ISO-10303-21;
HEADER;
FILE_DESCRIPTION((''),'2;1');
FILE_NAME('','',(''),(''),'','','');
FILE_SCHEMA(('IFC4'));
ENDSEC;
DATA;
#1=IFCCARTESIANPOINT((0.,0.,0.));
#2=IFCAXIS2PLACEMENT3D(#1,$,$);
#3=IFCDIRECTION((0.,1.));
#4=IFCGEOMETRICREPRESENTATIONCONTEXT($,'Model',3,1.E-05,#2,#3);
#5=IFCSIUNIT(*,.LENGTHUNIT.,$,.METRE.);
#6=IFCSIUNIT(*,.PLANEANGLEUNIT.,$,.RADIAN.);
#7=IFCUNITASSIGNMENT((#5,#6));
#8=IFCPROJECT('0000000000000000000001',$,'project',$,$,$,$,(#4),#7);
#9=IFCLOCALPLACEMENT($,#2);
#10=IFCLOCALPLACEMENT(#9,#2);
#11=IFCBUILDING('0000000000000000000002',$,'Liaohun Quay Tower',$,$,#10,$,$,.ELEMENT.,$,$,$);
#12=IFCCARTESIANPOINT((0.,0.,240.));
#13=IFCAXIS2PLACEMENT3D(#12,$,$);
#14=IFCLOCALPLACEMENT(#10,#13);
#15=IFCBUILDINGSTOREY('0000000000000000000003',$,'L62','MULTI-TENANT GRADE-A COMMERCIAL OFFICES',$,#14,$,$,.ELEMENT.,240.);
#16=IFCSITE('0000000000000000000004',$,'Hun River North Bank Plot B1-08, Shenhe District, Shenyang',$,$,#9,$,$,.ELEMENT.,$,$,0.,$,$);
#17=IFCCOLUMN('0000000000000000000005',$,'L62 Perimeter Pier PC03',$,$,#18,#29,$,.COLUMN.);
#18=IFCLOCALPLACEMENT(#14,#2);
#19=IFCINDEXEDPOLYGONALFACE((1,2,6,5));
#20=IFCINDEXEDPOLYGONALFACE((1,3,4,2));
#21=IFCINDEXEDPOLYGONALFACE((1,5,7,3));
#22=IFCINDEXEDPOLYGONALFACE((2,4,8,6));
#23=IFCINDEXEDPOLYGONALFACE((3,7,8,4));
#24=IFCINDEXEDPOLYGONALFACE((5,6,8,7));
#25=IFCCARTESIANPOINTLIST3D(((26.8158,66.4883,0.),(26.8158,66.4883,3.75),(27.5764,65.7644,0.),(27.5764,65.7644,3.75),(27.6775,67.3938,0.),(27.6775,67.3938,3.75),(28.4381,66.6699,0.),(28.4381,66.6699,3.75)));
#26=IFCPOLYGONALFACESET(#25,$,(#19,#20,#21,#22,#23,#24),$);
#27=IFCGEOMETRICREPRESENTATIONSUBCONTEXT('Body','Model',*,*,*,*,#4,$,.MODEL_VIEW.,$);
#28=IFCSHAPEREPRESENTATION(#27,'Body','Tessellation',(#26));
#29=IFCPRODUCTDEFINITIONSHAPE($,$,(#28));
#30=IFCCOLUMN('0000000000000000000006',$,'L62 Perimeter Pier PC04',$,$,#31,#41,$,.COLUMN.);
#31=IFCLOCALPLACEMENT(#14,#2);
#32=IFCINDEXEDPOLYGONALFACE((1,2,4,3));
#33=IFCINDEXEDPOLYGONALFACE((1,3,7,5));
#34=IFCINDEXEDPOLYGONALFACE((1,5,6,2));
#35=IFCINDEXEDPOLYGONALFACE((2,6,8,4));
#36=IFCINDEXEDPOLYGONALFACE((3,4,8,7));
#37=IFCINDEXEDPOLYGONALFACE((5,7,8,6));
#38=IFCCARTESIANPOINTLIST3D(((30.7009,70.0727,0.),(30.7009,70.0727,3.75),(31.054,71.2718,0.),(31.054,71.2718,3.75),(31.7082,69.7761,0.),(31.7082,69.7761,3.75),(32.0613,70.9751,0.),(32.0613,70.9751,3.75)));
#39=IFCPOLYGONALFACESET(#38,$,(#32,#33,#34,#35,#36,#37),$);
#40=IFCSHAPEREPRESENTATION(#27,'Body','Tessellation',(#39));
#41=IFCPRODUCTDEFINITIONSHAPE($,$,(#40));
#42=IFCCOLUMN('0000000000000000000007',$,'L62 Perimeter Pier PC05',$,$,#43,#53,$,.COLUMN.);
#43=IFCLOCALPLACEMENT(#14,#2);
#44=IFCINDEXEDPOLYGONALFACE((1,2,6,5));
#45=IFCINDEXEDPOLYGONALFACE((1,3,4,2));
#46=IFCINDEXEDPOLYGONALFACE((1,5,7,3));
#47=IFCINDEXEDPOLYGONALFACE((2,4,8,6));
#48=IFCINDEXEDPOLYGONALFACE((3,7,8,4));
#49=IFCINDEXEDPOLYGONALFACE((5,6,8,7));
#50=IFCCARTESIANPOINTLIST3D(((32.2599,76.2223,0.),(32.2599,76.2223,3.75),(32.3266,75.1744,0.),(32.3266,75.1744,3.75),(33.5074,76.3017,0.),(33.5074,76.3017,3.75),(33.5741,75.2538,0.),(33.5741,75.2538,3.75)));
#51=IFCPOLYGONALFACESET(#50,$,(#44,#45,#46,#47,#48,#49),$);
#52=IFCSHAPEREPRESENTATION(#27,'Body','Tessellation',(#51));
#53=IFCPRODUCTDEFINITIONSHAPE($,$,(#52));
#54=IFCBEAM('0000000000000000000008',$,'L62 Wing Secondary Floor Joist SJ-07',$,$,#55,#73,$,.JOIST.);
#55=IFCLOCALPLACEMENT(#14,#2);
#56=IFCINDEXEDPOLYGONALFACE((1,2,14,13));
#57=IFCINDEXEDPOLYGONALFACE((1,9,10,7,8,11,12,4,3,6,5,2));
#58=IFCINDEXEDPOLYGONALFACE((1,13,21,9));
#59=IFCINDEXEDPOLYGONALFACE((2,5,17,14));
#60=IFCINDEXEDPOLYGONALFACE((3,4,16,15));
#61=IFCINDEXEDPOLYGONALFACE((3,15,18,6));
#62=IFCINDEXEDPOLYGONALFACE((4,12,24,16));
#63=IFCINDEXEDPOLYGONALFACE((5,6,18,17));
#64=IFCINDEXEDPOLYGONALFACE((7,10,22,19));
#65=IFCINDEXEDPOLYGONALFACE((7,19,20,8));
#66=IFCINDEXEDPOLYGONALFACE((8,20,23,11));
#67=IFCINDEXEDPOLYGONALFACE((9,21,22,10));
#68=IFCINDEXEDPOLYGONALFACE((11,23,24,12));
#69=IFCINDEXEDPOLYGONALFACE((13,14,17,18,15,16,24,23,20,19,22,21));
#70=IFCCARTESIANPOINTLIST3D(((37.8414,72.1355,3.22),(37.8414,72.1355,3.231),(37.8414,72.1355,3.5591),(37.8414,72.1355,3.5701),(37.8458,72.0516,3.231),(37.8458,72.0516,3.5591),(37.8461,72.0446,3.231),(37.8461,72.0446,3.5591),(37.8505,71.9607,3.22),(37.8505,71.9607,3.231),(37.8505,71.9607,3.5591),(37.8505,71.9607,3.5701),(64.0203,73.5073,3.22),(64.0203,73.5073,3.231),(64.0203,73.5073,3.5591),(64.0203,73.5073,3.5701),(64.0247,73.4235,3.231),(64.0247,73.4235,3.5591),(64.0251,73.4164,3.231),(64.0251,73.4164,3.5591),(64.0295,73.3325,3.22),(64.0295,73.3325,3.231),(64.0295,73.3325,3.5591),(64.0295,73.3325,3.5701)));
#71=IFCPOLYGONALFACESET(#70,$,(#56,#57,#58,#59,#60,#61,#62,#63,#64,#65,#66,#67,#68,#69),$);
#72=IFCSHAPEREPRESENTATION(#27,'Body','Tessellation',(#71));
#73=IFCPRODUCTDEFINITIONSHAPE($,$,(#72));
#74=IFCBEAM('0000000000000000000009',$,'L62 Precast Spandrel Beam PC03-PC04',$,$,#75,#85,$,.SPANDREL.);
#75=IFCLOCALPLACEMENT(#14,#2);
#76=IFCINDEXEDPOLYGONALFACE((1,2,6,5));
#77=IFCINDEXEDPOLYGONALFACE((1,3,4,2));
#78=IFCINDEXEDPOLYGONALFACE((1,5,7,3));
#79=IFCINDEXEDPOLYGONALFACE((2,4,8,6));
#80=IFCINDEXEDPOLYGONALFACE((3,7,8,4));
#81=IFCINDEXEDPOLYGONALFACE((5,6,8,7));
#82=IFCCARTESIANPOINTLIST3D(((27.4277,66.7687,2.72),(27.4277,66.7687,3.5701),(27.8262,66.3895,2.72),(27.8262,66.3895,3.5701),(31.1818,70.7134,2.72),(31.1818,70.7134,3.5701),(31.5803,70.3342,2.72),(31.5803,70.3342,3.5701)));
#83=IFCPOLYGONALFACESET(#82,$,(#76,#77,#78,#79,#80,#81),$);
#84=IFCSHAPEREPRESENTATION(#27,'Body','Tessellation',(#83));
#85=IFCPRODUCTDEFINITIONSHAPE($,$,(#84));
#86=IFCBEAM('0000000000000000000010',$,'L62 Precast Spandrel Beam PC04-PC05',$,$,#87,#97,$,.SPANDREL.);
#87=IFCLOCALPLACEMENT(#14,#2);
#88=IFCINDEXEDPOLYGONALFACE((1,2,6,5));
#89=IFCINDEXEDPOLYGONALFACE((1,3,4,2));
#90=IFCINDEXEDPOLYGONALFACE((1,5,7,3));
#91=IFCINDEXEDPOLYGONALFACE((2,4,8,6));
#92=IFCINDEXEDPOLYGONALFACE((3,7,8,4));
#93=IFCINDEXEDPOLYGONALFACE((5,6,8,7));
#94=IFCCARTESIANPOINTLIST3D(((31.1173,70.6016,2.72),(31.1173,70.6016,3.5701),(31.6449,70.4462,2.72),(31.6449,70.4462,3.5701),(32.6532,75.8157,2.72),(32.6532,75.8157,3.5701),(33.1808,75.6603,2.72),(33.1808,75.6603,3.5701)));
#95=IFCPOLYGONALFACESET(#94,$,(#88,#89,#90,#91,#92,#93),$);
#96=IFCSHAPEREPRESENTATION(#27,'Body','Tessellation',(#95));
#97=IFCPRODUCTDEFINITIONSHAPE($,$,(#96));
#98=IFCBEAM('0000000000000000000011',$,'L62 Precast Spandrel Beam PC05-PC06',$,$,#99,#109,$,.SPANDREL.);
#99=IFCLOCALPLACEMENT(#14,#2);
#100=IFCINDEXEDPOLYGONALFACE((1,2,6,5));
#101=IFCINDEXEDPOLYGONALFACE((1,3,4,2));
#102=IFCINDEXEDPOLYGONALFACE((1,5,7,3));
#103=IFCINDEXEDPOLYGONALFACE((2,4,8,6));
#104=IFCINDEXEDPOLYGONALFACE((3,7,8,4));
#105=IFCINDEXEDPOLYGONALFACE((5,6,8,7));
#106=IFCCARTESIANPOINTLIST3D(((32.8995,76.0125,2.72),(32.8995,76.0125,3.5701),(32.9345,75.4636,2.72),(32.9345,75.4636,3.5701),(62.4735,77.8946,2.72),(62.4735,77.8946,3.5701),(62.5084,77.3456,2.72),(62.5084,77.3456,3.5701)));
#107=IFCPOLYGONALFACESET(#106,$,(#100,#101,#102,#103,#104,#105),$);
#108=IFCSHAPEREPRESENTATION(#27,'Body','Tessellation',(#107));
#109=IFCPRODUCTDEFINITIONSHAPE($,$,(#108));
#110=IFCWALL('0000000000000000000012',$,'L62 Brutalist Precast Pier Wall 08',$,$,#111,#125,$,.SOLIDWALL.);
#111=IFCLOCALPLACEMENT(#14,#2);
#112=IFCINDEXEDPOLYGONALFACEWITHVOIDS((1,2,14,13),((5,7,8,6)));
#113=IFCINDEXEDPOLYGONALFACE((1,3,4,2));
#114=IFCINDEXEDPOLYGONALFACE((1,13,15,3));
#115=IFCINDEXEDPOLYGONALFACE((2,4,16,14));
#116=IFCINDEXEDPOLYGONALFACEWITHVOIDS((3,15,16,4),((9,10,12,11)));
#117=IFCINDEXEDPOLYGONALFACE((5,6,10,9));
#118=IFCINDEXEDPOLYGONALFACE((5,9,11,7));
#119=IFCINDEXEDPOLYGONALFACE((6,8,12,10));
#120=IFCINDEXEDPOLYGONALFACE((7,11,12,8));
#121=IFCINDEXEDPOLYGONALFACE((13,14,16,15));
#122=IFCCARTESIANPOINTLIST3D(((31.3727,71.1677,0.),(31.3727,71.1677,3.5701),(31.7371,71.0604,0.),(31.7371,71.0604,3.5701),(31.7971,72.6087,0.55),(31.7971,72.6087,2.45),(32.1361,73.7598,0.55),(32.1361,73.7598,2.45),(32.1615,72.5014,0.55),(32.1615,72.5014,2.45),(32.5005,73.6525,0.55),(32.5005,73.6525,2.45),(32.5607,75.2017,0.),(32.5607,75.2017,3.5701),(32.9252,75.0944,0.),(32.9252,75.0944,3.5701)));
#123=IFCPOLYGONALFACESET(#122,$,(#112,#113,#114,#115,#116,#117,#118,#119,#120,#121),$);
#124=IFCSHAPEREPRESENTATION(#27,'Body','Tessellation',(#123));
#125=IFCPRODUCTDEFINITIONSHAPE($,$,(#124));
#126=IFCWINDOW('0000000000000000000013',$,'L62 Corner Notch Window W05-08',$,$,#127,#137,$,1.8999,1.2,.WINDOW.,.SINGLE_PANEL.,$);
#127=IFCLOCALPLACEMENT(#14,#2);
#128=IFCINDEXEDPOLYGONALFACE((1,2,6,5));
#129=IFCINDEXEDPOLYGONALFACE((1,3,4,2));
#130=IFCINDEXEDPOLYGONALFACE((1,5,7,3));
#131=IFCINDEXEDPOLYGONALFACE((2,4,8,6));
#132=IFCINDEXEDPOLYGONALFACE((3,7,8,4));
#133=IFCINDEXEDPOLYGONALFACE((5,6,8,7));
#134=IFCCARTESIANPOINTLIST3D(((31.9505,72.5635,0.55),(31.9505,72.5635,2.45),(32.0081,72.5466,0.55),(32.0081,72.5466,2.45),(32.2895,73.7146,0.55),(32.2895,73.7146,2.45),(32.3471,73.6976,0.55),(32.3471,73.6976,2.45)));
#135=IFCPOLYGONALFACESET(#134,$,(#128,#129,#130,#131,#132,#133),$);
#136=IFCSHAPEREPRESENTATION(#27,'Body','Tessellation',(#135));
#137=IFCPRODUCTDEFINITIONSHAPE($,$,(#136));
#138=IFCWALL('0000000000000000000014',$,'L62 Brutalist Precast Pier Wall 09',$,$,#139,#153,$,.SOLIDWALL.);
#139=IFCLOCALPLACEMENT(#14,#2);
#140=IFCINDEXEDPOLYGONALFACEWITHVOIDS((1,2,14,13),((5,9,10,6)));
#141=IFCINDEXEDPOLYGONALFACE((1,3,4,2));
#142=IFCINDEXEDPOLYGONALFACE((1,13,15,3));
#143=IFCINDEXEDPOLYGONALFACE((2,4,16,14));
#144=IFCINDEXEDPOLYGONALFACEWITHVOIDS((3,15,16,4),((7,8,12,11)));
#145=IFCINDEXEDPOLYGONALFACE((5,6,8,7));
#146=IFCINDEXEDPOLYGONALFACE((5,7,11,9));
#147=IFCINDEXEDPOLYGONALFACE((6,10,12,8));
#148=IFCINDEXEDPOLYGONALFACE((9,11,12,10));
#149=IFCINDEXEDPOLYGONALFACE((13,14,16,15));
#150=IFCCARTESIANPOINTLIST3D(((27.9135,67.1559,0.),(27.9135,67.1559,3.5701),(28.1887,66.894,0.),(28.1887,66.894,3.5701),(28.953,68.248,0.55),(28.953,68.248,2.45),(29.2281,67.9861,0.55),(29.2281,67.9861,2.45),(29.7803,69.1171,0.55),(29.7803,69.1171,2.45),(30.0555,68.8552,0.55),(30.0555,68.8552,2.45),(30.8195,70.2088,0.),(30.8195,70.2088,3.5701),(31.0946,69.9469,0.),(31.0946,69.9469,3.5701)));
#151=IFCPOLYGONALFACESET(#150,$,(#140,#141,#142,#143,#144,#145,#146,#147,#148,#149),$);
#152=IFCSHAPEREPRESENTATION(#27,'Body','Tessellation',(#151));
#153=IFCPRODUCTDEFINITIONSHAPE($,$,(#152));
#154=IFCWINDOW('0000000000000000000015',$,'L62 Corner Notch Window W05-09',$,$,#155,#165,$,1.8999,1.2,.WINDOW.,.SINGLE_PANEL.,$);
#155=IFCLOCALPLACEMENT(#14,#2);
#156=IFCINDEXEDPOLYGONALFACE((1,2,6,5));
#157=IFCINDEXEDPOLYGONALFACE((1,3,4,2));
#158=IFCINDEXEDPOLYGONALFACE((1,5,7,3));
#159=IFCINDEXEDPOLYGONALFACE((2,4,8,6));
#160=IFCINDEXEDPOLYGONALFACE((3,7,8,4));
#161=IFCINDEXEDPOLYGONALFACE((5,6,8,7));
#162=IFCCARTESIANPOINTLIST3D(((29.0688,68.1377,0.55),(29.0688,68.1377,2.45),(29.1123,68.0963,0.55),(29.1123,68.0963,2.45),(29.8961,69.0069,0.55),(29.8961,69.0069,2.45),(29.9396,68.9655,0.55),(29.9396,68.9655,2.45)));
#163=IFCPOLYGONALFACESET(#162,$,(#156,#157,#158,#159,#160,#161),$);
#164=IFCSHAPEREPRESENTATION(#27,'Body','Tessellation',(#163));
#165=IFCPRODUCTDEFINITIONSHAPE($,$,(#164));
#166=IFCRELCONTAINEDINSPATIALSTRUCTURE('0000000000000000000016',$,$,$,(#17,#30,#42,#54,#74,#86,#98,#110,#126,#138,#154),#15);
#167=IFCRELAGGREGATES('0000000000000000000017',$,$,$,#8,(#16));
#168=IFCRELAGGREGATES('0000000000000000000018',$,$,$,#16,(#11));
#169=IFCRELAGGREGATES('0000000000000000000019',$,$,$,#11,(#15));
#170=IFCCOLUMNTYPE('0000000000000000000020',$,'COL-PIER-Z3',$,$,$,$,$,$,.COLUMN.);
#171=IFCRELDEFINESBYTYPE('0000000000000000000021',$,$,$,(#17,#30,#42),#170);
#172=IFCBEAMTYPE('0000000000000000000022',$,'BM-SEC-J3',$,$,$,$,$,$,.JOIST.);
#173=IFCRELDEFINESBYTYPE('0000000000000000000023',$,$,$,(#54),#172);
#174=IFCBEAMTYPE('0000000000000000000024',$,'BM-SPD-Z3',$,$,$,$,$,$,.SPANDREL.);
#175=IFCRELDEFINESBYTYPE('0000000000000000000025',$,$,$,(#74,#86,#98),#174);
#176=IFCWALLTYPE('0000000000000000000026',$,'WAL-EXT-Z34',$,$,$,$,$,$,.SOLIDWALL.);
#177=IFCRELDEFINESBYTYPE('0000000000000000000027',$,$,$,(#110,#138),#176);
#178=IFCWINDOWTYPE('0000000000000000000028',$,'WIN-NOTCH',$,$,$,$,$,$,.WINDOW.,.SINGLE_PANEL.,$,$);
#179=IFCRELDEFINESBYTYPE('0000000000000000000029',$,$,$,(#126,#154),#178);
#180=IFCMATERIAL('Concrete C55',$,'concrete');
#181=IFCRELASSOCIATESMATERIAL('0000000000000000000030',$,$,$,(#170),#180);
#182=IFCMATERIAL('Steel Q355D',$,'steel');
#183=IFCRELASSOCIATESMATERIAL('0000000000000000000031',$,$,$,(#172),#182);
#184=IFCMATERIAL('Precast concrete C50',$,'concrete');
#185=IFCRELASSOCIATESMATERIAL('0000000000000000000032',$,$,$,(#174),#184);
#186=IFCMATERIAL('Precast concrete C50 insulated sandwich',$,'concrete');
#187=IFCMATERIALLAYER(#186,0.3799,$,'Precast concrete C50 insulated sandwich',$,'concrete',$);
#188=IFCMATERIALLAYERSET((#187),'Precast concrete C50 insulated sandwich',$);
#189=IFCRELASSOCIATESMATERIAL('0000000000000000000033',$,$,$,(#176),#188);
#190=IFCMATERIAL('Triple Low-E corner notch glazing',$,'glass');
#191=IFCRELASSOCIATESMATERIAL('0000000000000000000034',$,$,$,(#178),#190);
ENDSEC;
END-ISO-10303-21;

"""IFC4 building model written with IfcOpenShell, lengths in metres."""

from ifc_helpers import new_model, si_unit, direction, frame, frame_2d, origin, origin_2d, place, context, subcontext, project, spatial, rectangle, i_section, extrude, source, transform, mapped, material, layer, layer_set, material_profile, profile_set, type_object, element, fill, save


model = new_model("IFC4")

# Units and contexts
model_context = context("Model", 3, precision=1e-05, world=origin(), true_north=direction((0.0, 1.0)))
body_context = subcontext(model_context, "Body", "Model", "MODEL_VIEW")
ifc_project = project(units=[si_unit("LENGTHUNIT", "METRE"), si_unit("PLANEANGLEUNIT", "RADIAN")], contexts=[model_context])

# Site, building, storey
site_placement = place(None, origin())
site = spatial("IfcSite", under=ifc_project, at=site_placement, Name="Hun River North Bank Plot B1-08, Shenhe District, Shenyang", CompositionType="ELEMENT", RefElevation=0.0)
building_placement = place(site_placement, origin())
building = spatial("IfcBuilding", under=site, at=building_placement, Name="Liaohun Quay Tower", CompositionType="ELEMENT")
storey_placement = place(building_placement, frame((0.0, 0.0, 240.0)))
storey = spatial("IfcBuildingStorey", under=building, at=storey_placement, Name="L62", Description="MULTI-TENANT GRADE-A COMMERCIAL OFFICES", CompositionType="ELEMENT", Elevation=240.0)

# Columns
ifc_material_1 = material(Name="Concrete C55", Category="concrete")
ifc_material_profile_1 = material_profile(ifc_material_1, rectangle(XDim=1.25, YDim=1.05, at=origin_2d()), Name="RC1250x1050")
ifc_profile_set_1 = profile_set([ifc_material_profile_1], Name="Concrete C55")
column_type = type_object("IfcColumnType", Name="COL-PIER-Z3", PredefinedType="COLUMN", material=ifc_profile_set_1)
shared_shape_1 = source(origin(), body_context, "Body", "SweptSolid", [
    extrude(rectangle(XDim=1.25, YDim=1.05, at=origin_2d()), origin(), (0.0, 0.0, 1.0), 3.75),
])
for number, where, z_axis, x_axis, name in (
    (1, (27.627, 66.5791, 0.0), (0.0, 0.0, 1.0), (0.689367, 0.724413, 0.0), "L62 Perimeter Pier PC03"),
    (2, (31.3811, 70.5239, 0.0), (0.0, 0.0, 1.0), (0.282509, 0.959265, 0.0), "L62 Perimeter Pier PC04"),
    (3, (32.917, 75.738, 0.0), (0.0, 0.0, 1.0), (0.997983, 0.063487, 0.0), "L62 Perimeter Pier PC05"),
):
    element("IfcColumn", number, at=place(storey_placement, frame(where, z_axis=z_axis, x_axis=x_axis)), inside=storey, type_object=column_type, Name=name, PredefinedType="COLUMN", context=body_context, shape_type="MappedRepresentation", body=[
        mapped(shared_shape_1, transform((0.0, 0.0, 0.0), x_axis=(1.0, 0.0, 0.0), y_axis=(0.0, 1.0, 0.0), z_axis=(0.0, 0.0, 1.0), scale=1.0)),
    ])

# Beams
ifc_material_2 = material(Name="Steel Q355D", Category="steel")
ifc_material_profile_2 = material_profile(ifc_material_2, i_section(OverallWidth=0.175, OverallDepth=0.3501, WebThickness=0.0071, FlangeThickness=0.011, at=origin_2d()), Name="HN350x175x7x11")
ifc_profile_set_2 = profile_set([ifc_material_profile_2], Name="Steel Q355D")
beam_type_1 = type_object("IfcBeamType", Name="BM-SEC-J3", PredefinedType="JOIST", material=ifc_profile_set_2)
shared_shape_2 = source(origin(), body_context, "Body", "SweptSolid", [
    extrude(i_section(OverallWidth=0.175, OverallDepth=0.3501, WebThickness=0.0071, FlangeThickness=0.011, at=origin_2d()), origin(), (0.0, 0.0, 1.0), 26.2148),
])
beam_1_placement = place(storey_placement, frame((37.8459, 72.0481, 3.395), z_axis=(0.99863, 0.05233, 0.0), x_axis=(-0.05233, 0.99863, 0.0)))
element("IfcBeam", 4, at=beam_1_placement, inside=storey, type_object=beam_type_1, Name="L62 Wing Secondary Floor Joist SJ-07", PredefinedType="JOIST", context=body_context, shape_type="MappedRepresentation", body=[
    mapped(shared_shape_2, transform((0.0, 0.0, 0.0), x_axis=(1.0, 0.0, 0.0), y_axis=(0.0, 1.0, 0.0), z_axis=(0.0, 0.0, 1.0), scale=1.0)),
])
ifc_material_3 = material(Name="Precast concrete C50", Category="concrete")
ifc_material_profile_3 = material_profile(ifc_material_3, rectangle(XDim=0.55, YDim=0.8501, at=origin_2d()), Name="RC550x850")
ifc_profile_set_3 = profile_set([ifc_material_profile_3], Name="Precast concrete C50")
beam_type_2 = type_object("IfcBeamType", Name="BM-SPD-Z3", PredefinedType="SPANDREL", material=ifc_profile_set_3)
shared_shape_3 = source(origin(), body_context, "Body", "SweptSolid", [
    extrude(rectangle(XDim=0.55, YDim=0.8501, at=origin_2d()), origin(), (0.0, 0.0, 1.0), 5.4456),
])
beam_2_placement = place(storey_placement, frame((27.627, 66.5791, 3.145), z_axis=(0.689383, 0.724397, 0.0), x_axis=(-0.724397, 0.689383, 0.0)))
element("IfcBeam", 5, at=beam_2_placement, inside=storey, type_object=beam_type_2, Name="L62 Precast Spandrel Beam PC03-PC04", PredefinedType="SPANDREL", context=body_context, shape_type="MappedRepresentation", body=[
    mapped(shared_shape_3, transform((0.0, 0.0, 0.0), x_axis=(1.0, 0.0, 0.0), y_axis=(0.0, 1.0, 0.0), z_axis=(0.0, 0.0, 1.0), scale=1.0)),
])
shared_shape_4 = source(origin(), body_context, "Body", "SweptSolid", [
    extrude(rectangle(XDim=0.55, YDim=0.8501, at=origin_2d()), origin(), (0.0, 0.0, 1.0), 5.4355),
])
beam_3_placement = place(storey_placement, frame((31.3811, 70.5239, 3.145), z_axis=(0.28256, 0.95925, 0.0), x_axis=(-0.95925, 0.28256, 0.0)))
element("IfcBeam", 6, at=beam_3_placement, inside=storey, type_object=beam_type_2, Name="L62 Precast Spandrel Beam PC04-PC05", PredefinedType="SPANDREL", context=body_context, shape_type="MappedRepresentation", body=[
    mapped(shared_shape_4, transform((0.0, 0.0, 0.0), x_axis=(1.0, 0.0, 0.0), y_axis=(0.0, 1.0, 0.0), z_axis=(0.0, 0.0, 1.0), scale=1.0)),
])
shared_shape_5 = source(origin(), body_context, "Body", "SweptSolid", [
    extrude(rectangle(XDim=0.55, YDim=0.8501, at=origin_2d()), origin(), (0.0, 0.0, 1.0), 29.6338),
])
beam_4_placement = place(storey_placement, frame((32.917, 75.738, 3.145), z_axis=(0.997981, 0.063511, 0.0), x_axis=(-0.063511, 0.997981, 0.0)))
element("IfcBeam", 7, at=beam_4_placement, inside=storey, type_object=beam_type_2, Name="L62 Precast Spandrel Beam PC05-PC06", PredefinedType="SPANDREL", context=body_context, shape_type="MappedRepresentation", body=[
    mapped(shared_shape_5, transform((0.0, 0.0, 0.0), x_axis=(1.0, 0.0, 0.0), y_axis=(0.0, 1.0, 0.0), z_axis=(0.0, 0.0, 1.0), scale=1.0)),
])

# Walls, openings, windows
ifc_material_4 = material(Name="Precast concrete C50 insulated sandwich", Category="concrete")
ifc_layer_1 = layer(ifc_material_4, 0.3799, Name="Precast concrete C50 insulated sandwich", Category="concrete")
ifc_layer_set_1 = layer_set([ifc_layer_1], Name="Precast concrete C50 insulated sandwich")
wall_type_1 = type_object("IfcWallType", Name="WAL-EXT-Z34", PredefinedType="SOLIDWALL", material=ifc_layer_set_1)
wall_1_placement = place(storey_placement, frame((32.7429, 75.1479, 0.0), z_axis=(0.0, 0.0, 1.0), x_axis=(-0.282503, -0.959267, 0.0)))
wall_1 = element("IfcWall", 8, at=wall_1_placement, inside=storey, type_object=wall_type_1, Name="L62 Brutalist Precast Pier Wall 08", PredefinedType="SOLIDWALL", context=body_context, shape_type="SweptSolid", body=[
    extrude(rectangle(XDim=4.2053, YDim=0.3799, at=frame_2d((2.1025, 0.0))), origin(), (0.0, 0.0, 1.0), 3.5701),
])
shared_shape_6 = source(origin(), body_context, "Body", "SweptSolid", [
    extrude(rectangle(XDim=1.2, YDim=1.8999, at=frame_2d((0.6001, 0.95))), frame((0.0, 0.2, 0.0), z_axis=(0.0, -1.0, 0.0), x_axis=(1.0, 0.0, 0.0)), (0.0, 0.0, 1.0), 0.3999),
])
opening_1_placement = place(wall_1_placement, frame((1.5029, 0.0, 0.55)))
opening_1 = element("IfcOpeningElement", 9, at=opening_1_placement, cuts=wall_1, PredefinedType="OPENING", context=body_context, shape_type="MappedRepresentation", body=[
    mapped(shared_shape_6, transform((0.0, 0.0, 0.0), x_axis=(1.0, 0.0, 0.0), y_axis=(0.0, 1.0, 0.0), z_axis=(0.0, 0.0, 1.0), scale=1.0)),
])
ifc_material_5 = material(Name="Triple Low-E corner notch glazing", Category="glass")
window_type_1 = type_object("IfcWindowType", Name="WIN-NOTCH", PartitioningType="SINGLE_PANEL", PredefinedType="WINDOW", material=ifc_material_5)
shared_shape_7 = source(origin(), body_context, "Body", "SweptSolid", [
    extrude(rectangle(XDim=1.2, YDim=1.8999, at=frame_2d((0.6001, 0.95))), frame((0.0, 0.03, 0.0), z_axis=(0.0, -1.0, 0.0), x_axis=(1.0, 0.0, 0.0)), (0.0, 0.0, 1.0), 0.0601),
])
window_1_placement = place(opening_1_placement, origin())
window_1 = element("IfcWindow", 10, at=window_1_placement, inside=storey, type_object=window_type_1, Name="L62 Corner Notch Window W05-08", OverallHeight=1.8999, OverallWidth=1.2, PartitioningType="SINGLE_PANEL", PredefinedType="WINDOW", context=body_context, shape_type="MappedRepresentation", body=[
    mapped(shared_shape_7, transform((0.0, 0.0, 0.0), x_axis=(1.0, 0.0, 0.0), y_axis=(0.0, 1.0, 0.0), z_axis=(0.0, 0.0, 1.0), scale=1.0)),
])
fill(opening_1, window_1)
wall_2_placement = place(storey_placement, frame((30.957, 70.0779, 0.0), z_axis=(0.0, 0.0, 1.0), x_axis=(-0.689457, -0.724327, 0.0)))
wall_2 = element("IfcWall", 11, at=wall_2_placement, inside=storey, type_object=wall_type_1, Name="L62 Brutalist Precast Pier Wall 09", PredefinedType="SOLIDWALL", context=body_context, shape_type="SweptSolid", body=[
    extrude(rectangle(XDim=4.2148, YDim=0.3799, at=frame_2d((2.1074, 0.0))), origin(), (0.0, 0.0, 1.0), 3.5701),
])
opening_2_placement = place(wall_2_placement, frame((1.5071, 0.0, 0.55)))
opening_2 = element("IfcOpeningElement", 12, at=opening_2_placement, cuts=wall_2, PredefinedType="OPENING", context=body_context, shape_type="MappedRepresentation", body=[
    mapped(shared_shape_6, transform((0.0, 0.0, 0.0), x_axis=(1.0, 0.0, 0.0), y_axis=(0.0, 1.0, 0.0), z_axis=(0.0, 0.0, 1.0), scale=1.0)),
])
window_2_placement = place(opening_2_placement, origin())
window_2 = element("IfcWindow", 13, at=window_2_placement, inside=storey, type_object=window_type_1, Name="L62 Corner Notch Window W05-09", OverallHeight=1.8999, OverallWidth=1.2, PartitioningType="SINGLE_PANEL", PredefinedType="WINDOW", context=body_context, shape_type="MappedRepresentation", body=[
    mapped(shared_shape_7, transform((0.0, 0.0, 0.0), x_axis=(1.0, 0.0, 0.0), y_axis=(0.0, 1.0, 0.0), z_axis=(0.0, 0.0, 1.0), scale=1.0)),
])
fill(opening_2, window_2)

save(model, "model.ifc")
